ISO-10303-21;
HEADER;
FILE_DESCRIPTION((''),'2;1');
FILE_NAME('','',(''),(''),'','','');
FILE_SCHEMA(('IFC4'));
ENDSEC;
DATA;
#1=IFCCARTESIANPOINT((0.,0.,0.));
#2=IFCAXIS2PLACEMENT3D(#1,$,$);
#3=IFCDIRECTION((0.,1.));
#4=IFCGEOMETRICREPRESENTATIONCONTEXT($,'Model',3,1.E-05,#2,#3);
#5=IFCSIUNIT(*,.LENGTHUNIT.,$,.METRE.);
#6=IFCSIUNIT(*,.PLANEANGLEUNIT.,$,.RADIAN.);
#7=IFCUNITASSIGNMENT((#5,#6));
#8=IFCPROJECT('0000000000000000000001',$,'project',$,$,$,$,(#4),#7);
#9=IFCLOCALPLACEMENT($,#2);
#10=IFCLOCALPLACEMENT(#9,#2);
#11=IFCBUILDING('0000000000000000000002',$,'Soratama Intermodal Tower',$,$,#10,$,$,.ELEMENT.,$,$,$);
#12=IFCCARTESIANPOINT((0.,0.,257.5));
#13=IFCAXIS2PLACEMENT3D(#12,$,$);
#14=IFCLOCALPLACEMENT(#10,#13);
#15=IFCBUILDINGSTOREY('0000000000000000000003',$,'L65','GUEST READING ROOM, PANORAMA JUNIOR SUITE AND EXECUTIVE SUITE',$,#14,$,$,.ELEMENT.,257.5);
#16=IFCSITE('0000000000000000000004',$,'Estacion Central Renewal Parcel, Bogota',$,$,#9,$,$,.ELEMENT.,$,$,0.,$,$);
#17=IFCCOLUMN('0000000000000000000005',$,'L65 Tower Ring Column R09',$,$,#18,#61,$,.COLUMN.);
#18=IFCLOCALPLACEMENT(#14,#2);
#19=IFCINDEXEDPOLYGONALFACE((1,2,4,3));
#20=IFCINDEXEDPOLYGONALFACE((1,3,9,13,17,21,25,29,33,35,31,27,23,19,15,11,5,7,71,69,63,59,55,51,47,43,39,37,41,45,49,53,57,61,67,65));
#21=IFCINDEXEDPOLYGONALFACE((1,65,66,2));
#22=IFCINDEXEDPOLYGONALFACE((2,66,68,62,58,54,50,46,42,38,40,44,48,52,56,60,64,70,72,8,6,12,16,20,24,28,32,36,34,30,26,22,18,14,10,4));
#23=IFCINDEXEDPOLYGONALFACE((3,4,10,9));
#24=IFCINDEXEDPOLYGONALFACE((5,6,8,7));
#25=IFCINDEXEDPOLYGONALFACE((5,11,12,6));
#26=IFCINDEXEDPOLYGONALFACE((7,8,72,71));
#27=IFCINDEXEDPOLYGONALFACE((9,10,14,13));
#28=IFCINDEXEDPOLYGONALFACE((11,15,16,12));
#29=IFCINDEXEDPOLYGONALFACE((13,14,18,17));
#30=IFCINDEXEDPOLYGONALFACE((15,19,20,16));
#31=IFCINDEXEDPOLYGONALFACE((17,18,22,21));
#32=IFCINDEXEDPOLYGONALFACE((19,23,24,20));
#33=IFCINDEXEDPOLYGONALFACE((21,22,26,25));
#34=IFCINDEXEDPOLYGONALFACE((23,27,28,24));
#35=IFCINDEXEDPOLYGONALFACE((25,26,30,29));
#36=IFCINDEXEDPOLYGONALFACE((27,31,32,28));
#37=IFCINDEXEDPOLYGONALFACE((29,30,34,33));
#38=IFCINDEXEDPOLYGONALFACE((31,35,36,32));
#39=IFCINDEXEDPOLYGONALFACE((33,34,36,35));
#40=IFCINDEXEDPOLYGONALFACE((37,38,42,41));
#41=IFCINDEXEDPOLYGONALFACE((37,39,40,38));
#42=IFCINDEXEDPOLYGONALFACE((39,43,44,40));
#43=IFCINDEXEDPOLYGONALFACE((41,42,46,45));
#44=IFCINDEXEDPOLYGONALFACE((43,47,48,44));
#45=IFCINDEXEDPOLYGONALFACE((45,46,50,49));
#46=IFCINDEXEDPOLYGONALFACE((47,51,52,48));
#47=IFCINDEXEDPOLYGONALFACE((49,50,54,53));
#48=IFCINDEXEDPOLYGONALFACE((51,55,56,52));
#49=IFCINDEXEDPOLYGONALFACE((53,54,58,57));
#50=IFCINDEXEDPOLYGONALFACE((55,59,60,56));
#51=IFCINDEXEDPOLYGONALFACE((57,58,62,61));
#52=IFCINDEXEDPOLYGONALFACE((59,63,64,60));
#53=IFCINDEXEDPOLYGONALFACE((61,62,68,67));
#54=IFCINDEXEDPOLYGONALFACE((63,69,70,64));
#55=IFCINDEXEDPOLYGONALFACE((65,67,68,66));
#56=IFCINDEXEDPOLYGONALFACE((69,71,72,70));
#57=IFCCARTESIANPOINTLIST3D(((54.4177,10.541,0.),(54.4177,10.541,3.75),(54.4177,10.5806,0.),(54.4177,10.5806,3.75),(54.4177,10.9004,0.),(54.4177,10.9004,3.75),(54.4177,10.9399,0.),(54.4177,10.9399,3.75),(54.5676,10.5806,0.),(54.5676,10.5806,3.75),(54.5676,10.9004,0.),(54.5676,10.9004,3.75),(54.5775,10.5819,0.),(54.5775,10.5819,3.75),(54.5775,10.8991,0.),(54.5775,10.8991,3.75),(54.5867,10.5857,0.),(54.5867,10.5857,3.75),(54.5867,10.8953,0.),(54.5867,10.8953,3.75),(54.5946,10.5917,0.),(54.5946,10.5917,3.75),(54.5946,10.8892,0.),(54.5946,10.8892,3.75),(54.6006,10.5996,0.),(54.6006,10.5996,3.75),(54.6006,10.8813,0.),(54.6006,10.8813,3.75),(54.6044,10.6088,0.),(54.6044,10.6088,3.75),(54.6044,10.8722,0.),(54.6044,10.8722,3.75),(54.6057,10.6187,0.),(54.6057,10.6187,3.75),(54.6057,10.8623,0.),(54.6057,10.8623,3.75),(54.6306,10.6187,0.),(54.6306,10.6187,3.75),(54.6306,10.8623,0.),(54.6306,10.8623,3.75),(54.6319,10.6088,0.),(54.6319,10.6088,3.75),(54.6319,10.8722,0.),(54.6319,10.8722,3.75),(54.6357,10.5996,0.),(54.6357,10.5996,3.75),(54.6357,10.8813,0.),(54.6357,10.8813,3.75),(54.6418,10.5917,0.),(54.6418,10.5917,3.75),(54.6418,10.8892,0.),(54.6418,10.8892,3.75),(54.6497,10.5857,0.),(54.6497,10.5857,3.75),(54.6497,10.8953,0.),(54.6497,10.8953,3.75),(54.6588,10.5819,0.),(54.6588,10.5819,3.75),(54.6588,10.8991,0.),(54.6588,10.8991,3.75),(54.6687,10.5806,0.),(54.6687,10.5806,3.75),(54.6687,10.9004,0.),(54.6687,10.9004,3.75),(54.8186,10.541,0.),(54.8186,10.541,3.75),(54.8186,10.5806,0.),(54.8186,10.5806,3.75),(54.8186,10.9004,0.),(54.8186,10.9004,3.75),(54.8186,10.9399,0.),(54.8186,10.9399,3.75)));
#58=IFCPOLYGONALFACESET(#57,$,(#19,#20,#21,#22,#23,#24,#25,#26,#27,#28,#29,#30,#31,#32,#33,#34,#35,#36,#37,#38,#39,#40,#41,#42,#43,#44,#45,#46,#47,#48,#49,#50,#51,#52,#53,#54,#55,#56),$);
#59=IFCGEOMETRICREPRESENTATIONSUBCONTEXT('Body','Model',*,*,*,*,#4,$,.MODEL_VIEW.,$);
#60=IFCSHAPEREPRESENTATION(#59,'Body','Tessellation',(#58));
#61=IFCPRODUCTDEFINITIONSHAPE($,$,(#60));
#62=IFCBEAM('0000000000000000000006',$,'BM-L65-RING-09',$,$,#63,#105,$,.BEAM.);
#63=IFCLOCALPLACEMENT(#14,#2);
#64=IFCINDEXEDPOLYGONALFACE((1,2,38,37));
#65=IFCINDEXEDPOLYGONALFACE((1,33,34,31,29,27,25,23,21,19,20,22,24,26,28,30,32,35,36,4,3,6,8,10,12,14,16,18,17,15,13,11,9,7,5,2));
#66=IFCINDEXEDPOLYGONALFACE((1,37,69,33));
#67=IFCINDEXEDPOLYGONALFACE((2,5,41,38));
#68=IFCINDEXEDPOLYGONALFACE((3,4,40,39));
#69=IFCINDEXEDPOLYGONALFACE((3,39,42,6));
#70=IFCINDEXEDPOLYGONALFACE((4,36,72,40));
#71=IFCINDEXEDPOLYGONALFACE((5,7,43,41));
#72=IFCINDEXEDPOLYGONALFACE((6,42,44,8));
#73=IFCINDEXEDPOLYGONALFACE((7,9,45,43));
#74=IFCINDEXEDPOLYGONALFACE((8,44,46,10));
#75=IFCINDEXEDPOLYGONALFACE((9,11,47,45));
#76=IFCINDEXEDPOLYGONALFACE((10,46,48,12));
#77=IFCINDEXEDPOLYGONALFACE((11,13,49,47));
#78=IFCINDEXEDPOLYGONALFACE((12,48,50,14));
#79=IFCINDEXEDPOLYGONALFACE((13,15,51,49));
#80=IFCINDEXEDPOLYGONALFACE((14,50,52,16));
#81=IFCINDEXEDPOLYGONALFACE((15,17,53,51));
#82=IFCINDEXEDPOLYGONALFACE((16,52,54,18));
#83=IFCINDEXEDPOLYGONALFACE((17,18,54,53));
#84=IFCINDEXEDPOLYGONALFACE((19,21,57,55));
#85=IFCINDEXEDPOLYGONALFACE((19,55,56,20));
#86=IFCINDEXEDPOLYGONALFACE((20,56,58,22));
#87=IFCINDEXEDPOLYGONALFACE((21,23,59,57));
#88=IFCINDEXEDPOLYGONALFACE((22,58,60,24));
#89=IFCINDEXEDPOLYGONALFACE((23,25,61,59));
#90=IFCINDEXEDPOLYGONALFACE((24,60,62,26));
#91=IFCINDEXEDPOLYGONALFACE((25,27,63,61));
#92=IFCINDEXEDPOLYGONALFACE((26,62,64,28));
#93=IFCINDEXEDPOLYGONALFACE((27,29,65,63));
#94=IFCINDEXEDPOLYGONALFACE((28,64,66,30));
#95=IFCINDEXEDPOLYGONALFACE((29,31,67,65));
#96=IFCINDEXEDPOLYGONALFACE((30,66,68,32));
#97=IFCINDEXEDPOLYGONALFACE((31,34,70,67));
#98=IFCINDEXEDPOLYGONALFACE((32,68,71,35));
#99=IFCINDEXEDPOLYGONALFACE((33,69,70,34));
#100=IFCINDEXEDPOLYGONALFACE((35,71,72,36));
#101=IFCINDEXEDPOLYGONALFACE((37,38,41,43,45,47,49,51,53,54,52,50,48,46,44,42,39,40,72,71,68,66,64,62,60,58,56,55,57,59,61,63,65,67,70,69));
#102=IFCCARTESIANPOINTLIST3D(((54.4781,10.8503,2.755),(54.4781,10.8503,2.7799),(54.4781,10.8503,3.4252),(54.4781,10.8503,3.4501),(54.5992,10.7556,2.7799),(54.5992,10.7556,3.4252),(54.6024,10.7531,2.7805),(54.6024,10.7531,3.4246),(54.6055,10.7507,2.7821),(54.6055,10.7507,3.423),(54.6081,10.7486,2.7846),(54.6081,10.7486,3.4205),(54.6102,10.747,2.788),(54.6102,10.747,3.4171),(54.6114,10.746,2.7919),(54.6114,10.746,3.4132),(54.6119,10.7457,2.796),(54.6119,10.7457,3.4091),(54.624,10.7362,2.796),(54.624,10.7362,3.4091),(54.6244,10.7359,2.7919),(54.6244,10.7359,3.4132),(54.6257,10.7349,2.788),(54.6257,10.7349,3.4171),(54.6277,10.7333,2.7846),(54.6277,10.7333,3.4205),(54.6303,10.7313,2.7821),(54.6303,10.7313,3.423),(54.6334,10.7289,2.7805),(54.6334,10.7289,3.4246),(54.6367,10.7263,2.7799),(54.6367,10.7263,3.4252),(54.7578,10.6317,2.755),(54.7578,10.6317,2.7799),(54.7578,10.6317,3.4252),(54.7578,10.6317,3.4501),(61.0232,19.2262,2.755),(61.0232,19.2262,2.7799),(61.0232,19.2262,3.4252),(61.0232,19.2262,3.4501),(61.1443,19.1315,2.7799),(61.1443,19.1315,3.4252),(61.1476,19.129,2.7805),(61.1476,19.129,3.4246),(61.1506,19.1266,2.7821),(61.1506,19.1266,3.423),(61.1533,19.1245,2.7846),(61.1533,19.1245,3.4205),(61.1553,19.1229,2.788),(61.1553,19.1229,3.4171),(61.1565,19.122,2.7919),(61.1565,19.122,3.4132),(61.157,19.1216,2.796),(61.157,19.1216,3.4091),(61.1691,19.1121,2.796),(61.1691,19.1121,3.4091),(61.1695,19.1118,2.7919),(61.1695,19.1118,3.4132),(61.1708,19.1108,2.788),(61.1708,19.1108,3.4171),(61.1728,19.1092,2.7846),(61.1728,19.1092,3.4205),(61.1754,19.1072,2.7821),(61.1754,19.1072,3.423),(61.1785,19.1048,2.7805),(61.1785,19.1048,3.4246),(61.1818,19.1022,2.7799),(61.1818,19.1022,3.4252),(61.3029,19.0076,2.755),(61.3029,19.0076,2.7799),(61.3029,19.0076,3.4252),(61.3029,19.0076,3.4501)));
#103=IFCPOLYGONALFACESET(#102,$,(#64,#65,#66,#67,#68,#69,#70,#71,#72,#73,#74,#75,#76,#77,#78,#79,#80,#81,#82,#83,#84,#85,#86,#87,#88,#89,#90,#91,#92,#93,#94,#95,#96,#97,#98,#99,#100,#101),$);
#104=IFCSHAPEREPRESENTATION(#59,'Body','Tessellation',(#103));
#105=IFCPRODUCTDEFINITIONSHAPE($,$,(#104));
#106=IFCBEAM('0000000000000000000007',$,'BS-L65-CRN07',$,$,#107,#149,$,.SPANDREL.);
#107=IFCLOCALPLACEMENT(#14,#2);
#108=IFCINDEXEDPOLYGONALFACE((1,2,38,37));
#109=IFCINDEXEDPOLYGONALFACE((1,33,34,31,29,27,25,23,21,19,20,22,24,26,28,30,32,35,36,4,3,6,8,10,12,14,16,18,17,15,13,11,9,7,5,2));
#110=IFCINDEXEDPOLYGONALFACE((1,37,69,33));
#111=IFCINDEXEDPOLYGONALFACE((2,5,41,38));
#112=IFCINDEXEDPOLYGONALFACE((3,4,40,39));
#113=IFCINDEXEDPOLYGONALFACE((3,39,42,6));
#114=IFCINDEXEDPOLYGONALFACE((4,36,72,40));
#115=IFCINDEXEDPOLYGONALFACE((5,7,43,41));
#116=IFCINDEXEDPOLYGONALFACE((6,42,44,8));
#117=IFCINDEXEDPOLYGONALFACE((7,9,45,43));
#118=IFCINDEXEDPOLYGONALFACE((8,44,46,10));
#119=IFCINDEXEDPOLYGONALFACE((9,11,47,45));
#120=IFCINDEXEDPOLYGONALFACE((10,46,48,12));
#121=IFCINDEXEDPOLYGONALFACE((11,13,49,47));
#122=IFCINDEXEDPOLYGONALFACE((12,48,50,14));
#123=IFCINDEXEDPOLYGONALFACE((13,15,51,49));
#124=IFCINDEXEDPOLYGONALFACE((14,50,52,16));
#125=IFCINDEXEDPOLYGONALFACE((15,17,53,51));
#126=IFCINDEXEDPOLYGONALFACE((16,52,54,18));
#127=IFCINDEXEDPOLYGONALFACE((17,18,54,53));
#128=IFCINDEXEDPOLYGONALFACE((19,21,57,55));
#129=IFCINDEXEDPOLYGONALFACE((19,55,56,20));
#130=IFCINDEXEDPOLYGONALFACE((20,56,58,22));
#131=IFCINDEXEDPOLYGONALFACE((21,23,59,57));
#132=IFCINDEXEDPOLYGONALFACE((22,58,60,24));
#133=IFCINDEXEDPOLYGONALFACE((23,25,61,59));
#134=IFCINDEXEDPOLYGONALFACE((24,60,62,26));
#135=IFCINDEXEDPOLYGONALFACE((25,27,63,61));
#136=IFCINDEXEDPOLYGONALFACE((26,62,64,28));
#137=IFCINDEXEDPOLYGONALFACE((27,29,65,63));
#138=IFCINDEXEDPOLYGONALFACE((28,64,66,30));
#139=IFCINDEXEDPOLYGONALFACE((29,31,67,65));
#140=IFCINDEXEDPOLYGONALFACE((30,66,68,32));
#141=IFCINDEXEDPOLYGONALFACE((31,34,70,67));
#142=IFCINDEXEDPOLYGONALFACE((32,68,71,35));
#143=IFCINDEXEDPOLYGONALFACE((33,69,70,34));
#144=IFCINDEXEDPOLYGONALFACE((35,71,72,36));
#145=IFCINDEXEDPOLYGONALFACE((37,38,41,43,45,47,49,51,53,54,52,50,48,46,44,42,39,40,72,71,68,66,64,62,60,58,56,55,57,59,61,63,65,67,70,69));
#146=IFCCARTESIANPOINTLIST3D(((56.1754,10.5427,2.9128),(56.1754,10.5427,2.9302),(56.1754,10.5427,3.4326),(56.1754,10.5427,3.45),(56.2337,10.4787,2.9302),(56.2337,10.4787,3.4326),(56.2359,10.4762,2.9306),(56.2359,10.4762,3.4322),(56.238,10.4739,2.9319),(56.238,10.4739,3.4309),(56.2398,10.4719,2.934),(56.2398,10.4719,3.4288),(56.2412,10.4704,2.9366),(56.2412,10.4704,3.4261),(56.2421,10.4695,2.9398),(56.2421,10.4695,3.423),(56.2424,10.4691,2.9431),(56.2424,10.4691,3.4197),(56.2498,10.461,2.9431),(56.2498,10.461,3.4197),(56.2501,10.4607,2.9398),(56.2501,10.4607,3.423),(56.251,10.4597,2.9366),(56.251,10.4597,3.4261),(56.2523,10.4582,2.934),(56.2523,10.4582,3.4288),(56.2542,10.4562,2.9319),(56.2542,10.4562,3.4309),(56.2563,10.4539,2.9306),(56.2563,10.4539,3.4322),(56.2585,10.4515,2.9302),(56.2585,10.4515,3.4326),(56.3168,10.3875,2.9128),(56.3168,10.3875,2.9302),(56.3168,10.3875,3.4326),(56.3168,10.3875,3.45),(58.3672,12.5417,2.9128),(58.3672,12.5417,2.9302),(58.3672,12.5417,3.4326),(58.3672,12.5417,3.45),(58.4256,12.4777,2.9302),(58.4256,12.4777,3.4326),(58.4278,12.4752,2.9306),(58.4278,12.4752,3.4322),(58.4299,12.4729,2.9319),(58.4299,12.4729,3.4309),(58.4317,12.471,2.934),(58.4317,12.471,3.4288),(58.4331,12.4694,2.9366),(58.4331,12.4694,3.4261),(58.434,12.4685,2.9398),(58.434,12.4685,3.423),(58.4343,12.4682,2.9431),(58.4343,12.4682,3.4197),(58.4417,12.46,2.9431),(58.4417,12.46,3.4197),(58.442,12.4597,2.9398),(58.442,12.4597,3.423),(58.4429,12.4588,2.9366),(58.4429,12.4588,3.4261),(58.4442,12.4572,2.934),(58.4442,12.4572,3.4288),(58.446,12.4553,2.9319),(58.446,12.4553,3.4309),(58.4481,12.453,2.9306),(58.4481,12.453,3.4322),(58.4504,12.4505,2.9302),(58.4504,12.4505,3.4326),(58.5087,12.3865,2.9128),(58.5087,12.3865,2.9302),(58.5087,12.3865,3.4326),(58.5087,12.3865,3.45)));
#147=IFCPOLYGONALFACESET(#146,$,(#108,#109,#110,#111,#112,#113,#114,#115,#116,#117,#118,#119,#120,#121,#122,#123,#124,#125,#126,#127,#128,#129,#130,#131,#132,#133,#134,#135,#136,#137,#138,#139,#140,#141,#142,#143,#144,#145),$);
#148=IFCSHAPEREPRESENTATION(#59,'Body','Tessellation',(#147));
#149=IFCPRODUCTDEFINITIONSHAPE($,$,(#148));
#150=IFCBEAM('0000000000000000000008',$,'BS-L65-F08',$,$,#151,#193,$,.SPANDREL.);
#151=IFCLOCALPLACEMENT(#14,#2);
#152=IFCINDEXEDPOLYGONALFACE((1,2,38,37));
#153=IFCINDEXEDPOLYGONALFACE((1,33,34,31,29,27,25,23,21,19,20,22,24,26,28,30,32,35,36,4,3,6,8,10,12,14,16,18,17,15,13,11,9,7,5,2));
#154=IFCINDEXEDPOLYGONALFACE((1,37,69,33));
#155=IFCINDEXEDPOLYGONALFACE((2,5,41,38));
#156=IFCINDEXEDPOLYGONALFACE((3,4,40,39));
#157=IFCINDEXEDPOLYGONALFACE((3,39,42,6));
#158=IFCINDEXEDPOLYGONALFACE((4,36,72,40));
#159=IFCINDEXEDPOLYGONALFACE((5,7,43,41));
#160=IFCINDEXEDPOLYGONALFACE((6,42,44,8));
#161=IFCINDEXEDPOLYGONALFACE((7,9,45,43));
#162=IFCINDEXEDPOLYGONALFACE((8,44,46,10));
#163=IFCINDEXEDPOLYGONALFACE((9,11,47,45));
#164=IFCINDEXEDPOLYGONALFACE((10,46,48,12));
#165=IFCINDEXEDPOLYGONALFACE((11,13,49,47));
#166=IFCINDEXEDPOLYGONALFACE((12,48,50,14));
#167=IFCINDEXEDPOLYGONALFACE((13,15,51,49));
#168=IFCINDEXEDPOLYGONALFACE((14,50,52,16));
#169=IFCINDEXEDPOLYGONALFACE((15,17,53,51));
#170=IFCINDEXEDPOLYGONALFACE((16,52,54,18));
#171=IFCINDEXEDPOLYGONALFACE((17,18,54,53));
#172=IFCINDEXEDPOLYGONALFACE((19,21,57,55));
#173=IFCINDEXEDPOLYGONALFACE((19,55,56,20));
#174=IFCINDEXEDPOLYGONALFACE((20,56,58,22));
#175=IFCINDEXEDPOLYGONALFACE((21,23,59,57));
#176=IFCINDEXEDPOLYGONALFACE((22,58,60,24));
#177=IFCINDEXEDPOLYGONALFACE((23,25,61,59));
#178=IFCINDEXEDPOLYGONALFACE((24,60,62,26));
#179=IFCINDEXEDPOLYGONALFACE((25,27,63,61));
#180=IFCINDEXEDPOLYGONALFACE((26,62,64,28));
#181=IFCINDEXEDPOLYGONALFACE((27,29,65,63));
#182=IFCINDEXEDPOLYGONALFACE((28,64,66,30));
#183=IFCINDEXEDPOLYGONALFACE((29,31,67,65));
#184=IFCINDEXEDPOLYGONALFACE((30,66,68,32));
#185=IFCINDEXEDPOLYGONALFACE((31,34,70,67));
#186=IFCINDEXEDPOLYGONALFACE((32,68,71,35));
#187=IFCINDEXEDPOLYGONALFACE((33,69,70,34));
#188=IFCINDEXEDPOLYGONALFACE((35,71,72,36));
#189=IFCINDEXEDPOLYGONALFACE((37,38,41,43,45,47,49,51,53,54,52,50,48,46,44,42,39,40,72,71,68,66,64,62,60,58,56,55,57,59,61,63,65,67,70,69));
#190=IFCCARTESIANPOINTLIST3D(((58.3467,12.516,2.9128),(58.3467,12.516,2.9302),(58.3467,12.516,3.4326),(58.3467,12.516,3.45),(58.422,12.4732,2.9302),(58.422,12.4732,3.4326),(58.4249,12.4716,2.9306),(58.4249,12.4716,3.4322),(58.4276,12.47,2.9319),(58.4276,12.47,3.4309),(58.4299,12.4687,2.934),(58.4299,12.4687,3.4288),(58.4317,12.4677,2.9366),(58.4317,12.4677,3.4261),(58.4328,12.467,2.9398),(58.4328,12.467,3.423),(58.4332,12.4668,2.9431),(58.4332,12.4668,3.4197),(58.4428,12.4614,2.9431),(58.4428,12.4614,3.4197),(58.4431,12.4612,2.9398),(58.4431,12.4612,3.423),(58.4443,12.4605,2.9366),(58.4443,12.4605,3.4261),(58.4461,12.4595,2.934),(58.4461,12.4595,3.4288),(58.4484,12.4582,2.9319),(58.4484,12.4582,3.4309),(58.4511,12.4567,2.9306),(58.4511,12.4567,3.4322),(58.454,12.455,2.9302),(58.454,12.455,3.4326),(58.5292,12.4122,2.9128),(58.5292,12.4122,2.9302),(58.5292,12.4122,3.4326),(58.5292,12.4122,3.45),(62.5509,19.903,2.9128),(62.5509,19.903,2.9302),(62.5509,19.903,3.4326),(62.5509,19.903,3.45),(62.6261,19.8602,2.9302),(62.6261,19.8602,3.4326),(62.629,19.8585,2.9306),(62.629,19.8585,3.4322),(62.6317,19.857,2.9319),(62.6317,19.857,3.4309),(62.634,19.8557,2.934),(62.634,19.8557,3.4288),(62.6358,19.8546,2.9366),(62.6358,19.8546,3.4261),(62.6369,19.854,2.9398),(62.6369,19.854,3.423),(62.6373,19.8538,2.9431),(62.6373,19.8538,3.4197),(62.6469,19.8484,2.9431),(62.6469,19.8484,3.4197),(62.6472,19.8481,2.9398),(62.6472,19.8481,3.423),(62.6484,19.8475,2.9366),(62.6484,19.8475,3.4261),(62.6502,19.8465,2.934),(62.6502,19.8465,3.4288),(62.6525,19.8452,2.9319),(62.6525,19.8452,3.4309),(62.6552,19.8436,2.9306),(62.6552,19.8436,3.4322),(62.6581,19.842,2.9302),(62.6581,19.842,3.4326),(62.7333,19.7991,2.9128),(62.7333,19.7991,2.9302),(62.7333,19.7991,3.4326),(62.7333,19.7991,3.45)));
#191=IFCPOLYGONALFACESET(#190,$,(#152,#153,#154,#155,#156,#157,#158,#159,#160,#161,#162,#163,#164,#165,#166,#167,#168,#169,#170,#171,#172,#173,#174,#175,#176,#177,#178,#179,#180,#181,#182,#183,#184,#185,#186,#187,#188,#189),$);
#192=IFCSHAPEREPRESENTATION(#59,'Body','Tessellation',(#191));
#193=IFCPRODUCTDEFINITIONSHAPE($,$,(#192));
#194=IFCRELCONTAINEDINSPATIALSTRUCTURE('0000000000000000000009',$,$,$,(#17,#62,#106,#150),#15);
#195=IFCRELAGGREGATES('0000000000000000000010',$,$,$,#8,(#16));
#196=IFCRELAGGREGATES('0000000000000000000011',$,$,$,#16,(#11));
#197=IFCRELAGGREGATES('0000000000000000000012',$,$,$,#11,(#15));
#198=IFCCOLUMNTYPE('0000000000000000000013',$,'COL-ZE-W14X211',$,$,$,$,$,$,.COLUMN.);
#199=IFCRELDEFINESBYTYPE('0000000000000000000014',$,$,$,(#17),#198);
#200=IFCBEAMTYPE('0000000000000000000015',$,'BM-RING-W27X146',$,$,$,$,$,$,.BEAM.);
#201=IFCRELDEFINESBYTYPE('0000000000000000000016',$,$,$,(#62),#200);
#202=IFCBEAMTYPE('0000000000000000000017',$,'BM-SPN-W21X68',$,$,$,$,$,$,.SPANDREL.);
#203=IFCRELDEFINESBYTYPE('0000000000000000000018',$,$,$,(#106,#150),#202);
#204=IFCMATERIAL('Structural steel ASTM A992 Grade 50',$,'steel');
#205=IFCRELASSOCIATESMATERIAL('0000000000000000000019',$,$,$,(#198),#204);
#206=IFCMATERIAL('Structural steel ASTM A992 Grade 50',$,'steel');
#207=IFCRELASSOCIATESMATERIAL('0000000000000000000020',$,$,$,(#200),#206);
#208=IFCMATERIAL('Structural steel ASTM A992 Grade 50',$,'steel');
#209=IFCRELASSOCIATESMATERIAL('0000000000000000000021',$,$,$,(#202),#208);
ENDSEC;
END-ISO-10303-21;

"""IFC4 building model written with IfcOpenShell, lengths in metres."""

from ifc_helpers import new_model, si_unit, direction, frame, origin, origin_2d, place, context, subcontext, project, spatial, i_section, extrude, material, material_profile, profile_set, type_object, element, save


model = new_model("IFC4")

# Units and contexts
model_context = context("Model", 3, precision=1e-05, world=origin(), true_north=direction((0.0, 1.0)))
body_context = subcontext(model_context, "Body", "Model", "MODEL_VIEW")
ifc_project = project(units=[si_unit("LENGTHUNIT", "METRE"), si_unit("PLANEANGLEUNIT", "RADIAN")], contexts=[model_context])

# Site, building, storey
site_placement = place(None, origin())
site = spatial("IfcSite", under=ifc_project, at=site_placement, Name="Estacion Central Renewal Parcel, Bogota", CompositionType="ELEMENT", RefElevation=0.0)
building_placement = place(site_placement, origin())
building = spatial("IfcBuilding", under=site, at=building_placement, Name="Soratama Intermodal Tower", CompositionType="ELEMENT")
storey_placement = place(building_placement, frame((0.0, 0.0, 257.5)))
storey = spatial("IfcBuildingStorey", under=building, at=storey_placement, Name="L65", Description="GUEST READING ROOM, PANORAMA JUNIOR SUITE AND EXECUTIVE SUITE", CompositionType="ELEMENT", Elevation=257.5)

# Column
ifc_material_1 = material(Name="Structural steel ASTM A992 Grade 50", Category="steel")
ifc_material_profile_1 = material_profile(ifc_material_1, i_section(OverallWidth=0.4009, OverallDepth=0.3989, WebThickness=0.0249, FlangeThickness=0.0396, FilletRadius=0.0381, at=origin_2d()), Name="W14X211")
ifc_profile_set_1 = profile_set([ifc_material_profile_1], Name="Structural steel ASTM A992 Grade 50")
column_type = type_object("IfcColumnType", Name="COL-ZE-W14X211", PredefinedType="COLUMN", material=ifc_profile_set_1)
column_placement = place(storey_placement, frame((54.6182, 10.7405, 0.0), z_axis=(0.0, 0.0, 1.0), x_axis=(1.0, 0.0, 0.0)))
element("IfcColumn", 1, at=column_placement, inside=storey, type_object=column_type, Name="L65 Tower Ring Column R09", PredefinedType="COLUMN", context=body_context, shape_type="SweptSolid", body=[
    extrude(i_section(OverallWidth=0.4009, OverallDepth=0.3989, WebThickness=0.0249, FlangeThickness=0.0396, FilletRadius=0.0381, at=origin_2d()), origin(), (0.0, 0.0, 1.0), 3.75),
])

# Beams
ifc_material_2 = material(Name="Structural steel ASTM A992 Grade 50", Category="steel")
ifc_material_profile_2 = material_profile(ifc_material_2, i_section(OverallWidth=0.355, OverallDepth=0.6951, WebThickness=0.0154, FlangeThickness=0.0249, FilletRadius=0.0161, at=origin_2d()), Name="W27X146")
ifc_profile_set_2 = profile_set([ifc_material_profile_2], Name="Structural steel ASTM A992 Grade 50")
beam_type_1 = type_object("IfcBeamType", Name="BM-RING-W27X146", PredefinedType="BEAM", material=ifc_profile_set_2)
beam_1_placement = place(storey_placement, frame((54.6179, 10.741, 3.1025), z_axis=(0.615728, 0.787959, 0.0), x_axis=(-0.787959, 0.615728, 0.0)))
element("IfcBeam", 2, at=beam_1_placement, inside=storey, type_object=beam_type_1, Name="BM-L65-RING-09", PredefinedType="BEAM", context=body_context, shape_type="SweptSolid", body=[
    extrude(i_section(OverallWidth=0.355, OverallDepth=0.6951, WebThickness=0.0154, FlangeThickness=0.0249, FilletRadius=0.0161, at=origin_2d()), origin(), (0.0, 0.0, 1.0), 10.6299),
])
ifc_material_3 = material(Name="Structural steel ASTM A992 Grade 50", Category="steel")
ifc_material_profile_3 = material_profile(ifc_material_3, i_section(OverallWidth=0.21, OverallDepth=0.5371, WebThickness=0.011, FlangeThickness=0.0173, FilletRadius=0.0129, at=origin_2d()), Name="W21X68")
ifc_profile_set_3 = profile_set([ifc_material_profile_3], Name="Structural steel ASTM A992 Grade 50")
beam_type_2 = type_object("IfcBeamType", Name="BM-SPN-W21X68", PredefinedType="SPANDREL", material=ifc_profile_set_3)
beam_2_placement = place(storey_placement, frame((56.2461, 10.4651, 3.1814), z_axis=(0.738867, 0.673852, 0.0), x_axis=(-0.673852, 0.738867, 0.0)))
element("IfcBeam", 3, at=beam_2_placement, inside=storey, type_object=beam_type_2, Name="BS-L65-CRN07", PredefinedType="SPANDREL", context=body_context, shape_type="SweptSolid", body=[
    extrude(i_section(OverallWidth=0.21, OverallDepth=0.5371, WebThickness=0.011, FlangeThickness=0.0173, FilletRadius=0.0129, at=origin_2d()), origin(), (0.0, 0.0, 1.0), 2.9666),
])
beam_3_placement = place(storey_placement, frame((58.438, 12.4641, 3.1814), z_axis=(0.494629, 0.869104, 0.0), x_axis=(-0.869104, 0.494629, 0.0)))
element("IfcBeam", 4, at=beam_3_placement, inside=storey, type_object=beam_type_2, Name="BS-L65-F08", PredefinedType="SPANDREL", context=body_context, shape_type="SweptSolid", body=[
    extrude(i_section(OverallWidth=0.21, OverallDepth=0.5371, WebThickness=0.011, FlangeThickness=0.0173, FilletRadius=0.0129, at=origin_2d()), origin(), (0.0, 0.0, 1.0), 8.4995),
])

save(model, "model.ifc")
